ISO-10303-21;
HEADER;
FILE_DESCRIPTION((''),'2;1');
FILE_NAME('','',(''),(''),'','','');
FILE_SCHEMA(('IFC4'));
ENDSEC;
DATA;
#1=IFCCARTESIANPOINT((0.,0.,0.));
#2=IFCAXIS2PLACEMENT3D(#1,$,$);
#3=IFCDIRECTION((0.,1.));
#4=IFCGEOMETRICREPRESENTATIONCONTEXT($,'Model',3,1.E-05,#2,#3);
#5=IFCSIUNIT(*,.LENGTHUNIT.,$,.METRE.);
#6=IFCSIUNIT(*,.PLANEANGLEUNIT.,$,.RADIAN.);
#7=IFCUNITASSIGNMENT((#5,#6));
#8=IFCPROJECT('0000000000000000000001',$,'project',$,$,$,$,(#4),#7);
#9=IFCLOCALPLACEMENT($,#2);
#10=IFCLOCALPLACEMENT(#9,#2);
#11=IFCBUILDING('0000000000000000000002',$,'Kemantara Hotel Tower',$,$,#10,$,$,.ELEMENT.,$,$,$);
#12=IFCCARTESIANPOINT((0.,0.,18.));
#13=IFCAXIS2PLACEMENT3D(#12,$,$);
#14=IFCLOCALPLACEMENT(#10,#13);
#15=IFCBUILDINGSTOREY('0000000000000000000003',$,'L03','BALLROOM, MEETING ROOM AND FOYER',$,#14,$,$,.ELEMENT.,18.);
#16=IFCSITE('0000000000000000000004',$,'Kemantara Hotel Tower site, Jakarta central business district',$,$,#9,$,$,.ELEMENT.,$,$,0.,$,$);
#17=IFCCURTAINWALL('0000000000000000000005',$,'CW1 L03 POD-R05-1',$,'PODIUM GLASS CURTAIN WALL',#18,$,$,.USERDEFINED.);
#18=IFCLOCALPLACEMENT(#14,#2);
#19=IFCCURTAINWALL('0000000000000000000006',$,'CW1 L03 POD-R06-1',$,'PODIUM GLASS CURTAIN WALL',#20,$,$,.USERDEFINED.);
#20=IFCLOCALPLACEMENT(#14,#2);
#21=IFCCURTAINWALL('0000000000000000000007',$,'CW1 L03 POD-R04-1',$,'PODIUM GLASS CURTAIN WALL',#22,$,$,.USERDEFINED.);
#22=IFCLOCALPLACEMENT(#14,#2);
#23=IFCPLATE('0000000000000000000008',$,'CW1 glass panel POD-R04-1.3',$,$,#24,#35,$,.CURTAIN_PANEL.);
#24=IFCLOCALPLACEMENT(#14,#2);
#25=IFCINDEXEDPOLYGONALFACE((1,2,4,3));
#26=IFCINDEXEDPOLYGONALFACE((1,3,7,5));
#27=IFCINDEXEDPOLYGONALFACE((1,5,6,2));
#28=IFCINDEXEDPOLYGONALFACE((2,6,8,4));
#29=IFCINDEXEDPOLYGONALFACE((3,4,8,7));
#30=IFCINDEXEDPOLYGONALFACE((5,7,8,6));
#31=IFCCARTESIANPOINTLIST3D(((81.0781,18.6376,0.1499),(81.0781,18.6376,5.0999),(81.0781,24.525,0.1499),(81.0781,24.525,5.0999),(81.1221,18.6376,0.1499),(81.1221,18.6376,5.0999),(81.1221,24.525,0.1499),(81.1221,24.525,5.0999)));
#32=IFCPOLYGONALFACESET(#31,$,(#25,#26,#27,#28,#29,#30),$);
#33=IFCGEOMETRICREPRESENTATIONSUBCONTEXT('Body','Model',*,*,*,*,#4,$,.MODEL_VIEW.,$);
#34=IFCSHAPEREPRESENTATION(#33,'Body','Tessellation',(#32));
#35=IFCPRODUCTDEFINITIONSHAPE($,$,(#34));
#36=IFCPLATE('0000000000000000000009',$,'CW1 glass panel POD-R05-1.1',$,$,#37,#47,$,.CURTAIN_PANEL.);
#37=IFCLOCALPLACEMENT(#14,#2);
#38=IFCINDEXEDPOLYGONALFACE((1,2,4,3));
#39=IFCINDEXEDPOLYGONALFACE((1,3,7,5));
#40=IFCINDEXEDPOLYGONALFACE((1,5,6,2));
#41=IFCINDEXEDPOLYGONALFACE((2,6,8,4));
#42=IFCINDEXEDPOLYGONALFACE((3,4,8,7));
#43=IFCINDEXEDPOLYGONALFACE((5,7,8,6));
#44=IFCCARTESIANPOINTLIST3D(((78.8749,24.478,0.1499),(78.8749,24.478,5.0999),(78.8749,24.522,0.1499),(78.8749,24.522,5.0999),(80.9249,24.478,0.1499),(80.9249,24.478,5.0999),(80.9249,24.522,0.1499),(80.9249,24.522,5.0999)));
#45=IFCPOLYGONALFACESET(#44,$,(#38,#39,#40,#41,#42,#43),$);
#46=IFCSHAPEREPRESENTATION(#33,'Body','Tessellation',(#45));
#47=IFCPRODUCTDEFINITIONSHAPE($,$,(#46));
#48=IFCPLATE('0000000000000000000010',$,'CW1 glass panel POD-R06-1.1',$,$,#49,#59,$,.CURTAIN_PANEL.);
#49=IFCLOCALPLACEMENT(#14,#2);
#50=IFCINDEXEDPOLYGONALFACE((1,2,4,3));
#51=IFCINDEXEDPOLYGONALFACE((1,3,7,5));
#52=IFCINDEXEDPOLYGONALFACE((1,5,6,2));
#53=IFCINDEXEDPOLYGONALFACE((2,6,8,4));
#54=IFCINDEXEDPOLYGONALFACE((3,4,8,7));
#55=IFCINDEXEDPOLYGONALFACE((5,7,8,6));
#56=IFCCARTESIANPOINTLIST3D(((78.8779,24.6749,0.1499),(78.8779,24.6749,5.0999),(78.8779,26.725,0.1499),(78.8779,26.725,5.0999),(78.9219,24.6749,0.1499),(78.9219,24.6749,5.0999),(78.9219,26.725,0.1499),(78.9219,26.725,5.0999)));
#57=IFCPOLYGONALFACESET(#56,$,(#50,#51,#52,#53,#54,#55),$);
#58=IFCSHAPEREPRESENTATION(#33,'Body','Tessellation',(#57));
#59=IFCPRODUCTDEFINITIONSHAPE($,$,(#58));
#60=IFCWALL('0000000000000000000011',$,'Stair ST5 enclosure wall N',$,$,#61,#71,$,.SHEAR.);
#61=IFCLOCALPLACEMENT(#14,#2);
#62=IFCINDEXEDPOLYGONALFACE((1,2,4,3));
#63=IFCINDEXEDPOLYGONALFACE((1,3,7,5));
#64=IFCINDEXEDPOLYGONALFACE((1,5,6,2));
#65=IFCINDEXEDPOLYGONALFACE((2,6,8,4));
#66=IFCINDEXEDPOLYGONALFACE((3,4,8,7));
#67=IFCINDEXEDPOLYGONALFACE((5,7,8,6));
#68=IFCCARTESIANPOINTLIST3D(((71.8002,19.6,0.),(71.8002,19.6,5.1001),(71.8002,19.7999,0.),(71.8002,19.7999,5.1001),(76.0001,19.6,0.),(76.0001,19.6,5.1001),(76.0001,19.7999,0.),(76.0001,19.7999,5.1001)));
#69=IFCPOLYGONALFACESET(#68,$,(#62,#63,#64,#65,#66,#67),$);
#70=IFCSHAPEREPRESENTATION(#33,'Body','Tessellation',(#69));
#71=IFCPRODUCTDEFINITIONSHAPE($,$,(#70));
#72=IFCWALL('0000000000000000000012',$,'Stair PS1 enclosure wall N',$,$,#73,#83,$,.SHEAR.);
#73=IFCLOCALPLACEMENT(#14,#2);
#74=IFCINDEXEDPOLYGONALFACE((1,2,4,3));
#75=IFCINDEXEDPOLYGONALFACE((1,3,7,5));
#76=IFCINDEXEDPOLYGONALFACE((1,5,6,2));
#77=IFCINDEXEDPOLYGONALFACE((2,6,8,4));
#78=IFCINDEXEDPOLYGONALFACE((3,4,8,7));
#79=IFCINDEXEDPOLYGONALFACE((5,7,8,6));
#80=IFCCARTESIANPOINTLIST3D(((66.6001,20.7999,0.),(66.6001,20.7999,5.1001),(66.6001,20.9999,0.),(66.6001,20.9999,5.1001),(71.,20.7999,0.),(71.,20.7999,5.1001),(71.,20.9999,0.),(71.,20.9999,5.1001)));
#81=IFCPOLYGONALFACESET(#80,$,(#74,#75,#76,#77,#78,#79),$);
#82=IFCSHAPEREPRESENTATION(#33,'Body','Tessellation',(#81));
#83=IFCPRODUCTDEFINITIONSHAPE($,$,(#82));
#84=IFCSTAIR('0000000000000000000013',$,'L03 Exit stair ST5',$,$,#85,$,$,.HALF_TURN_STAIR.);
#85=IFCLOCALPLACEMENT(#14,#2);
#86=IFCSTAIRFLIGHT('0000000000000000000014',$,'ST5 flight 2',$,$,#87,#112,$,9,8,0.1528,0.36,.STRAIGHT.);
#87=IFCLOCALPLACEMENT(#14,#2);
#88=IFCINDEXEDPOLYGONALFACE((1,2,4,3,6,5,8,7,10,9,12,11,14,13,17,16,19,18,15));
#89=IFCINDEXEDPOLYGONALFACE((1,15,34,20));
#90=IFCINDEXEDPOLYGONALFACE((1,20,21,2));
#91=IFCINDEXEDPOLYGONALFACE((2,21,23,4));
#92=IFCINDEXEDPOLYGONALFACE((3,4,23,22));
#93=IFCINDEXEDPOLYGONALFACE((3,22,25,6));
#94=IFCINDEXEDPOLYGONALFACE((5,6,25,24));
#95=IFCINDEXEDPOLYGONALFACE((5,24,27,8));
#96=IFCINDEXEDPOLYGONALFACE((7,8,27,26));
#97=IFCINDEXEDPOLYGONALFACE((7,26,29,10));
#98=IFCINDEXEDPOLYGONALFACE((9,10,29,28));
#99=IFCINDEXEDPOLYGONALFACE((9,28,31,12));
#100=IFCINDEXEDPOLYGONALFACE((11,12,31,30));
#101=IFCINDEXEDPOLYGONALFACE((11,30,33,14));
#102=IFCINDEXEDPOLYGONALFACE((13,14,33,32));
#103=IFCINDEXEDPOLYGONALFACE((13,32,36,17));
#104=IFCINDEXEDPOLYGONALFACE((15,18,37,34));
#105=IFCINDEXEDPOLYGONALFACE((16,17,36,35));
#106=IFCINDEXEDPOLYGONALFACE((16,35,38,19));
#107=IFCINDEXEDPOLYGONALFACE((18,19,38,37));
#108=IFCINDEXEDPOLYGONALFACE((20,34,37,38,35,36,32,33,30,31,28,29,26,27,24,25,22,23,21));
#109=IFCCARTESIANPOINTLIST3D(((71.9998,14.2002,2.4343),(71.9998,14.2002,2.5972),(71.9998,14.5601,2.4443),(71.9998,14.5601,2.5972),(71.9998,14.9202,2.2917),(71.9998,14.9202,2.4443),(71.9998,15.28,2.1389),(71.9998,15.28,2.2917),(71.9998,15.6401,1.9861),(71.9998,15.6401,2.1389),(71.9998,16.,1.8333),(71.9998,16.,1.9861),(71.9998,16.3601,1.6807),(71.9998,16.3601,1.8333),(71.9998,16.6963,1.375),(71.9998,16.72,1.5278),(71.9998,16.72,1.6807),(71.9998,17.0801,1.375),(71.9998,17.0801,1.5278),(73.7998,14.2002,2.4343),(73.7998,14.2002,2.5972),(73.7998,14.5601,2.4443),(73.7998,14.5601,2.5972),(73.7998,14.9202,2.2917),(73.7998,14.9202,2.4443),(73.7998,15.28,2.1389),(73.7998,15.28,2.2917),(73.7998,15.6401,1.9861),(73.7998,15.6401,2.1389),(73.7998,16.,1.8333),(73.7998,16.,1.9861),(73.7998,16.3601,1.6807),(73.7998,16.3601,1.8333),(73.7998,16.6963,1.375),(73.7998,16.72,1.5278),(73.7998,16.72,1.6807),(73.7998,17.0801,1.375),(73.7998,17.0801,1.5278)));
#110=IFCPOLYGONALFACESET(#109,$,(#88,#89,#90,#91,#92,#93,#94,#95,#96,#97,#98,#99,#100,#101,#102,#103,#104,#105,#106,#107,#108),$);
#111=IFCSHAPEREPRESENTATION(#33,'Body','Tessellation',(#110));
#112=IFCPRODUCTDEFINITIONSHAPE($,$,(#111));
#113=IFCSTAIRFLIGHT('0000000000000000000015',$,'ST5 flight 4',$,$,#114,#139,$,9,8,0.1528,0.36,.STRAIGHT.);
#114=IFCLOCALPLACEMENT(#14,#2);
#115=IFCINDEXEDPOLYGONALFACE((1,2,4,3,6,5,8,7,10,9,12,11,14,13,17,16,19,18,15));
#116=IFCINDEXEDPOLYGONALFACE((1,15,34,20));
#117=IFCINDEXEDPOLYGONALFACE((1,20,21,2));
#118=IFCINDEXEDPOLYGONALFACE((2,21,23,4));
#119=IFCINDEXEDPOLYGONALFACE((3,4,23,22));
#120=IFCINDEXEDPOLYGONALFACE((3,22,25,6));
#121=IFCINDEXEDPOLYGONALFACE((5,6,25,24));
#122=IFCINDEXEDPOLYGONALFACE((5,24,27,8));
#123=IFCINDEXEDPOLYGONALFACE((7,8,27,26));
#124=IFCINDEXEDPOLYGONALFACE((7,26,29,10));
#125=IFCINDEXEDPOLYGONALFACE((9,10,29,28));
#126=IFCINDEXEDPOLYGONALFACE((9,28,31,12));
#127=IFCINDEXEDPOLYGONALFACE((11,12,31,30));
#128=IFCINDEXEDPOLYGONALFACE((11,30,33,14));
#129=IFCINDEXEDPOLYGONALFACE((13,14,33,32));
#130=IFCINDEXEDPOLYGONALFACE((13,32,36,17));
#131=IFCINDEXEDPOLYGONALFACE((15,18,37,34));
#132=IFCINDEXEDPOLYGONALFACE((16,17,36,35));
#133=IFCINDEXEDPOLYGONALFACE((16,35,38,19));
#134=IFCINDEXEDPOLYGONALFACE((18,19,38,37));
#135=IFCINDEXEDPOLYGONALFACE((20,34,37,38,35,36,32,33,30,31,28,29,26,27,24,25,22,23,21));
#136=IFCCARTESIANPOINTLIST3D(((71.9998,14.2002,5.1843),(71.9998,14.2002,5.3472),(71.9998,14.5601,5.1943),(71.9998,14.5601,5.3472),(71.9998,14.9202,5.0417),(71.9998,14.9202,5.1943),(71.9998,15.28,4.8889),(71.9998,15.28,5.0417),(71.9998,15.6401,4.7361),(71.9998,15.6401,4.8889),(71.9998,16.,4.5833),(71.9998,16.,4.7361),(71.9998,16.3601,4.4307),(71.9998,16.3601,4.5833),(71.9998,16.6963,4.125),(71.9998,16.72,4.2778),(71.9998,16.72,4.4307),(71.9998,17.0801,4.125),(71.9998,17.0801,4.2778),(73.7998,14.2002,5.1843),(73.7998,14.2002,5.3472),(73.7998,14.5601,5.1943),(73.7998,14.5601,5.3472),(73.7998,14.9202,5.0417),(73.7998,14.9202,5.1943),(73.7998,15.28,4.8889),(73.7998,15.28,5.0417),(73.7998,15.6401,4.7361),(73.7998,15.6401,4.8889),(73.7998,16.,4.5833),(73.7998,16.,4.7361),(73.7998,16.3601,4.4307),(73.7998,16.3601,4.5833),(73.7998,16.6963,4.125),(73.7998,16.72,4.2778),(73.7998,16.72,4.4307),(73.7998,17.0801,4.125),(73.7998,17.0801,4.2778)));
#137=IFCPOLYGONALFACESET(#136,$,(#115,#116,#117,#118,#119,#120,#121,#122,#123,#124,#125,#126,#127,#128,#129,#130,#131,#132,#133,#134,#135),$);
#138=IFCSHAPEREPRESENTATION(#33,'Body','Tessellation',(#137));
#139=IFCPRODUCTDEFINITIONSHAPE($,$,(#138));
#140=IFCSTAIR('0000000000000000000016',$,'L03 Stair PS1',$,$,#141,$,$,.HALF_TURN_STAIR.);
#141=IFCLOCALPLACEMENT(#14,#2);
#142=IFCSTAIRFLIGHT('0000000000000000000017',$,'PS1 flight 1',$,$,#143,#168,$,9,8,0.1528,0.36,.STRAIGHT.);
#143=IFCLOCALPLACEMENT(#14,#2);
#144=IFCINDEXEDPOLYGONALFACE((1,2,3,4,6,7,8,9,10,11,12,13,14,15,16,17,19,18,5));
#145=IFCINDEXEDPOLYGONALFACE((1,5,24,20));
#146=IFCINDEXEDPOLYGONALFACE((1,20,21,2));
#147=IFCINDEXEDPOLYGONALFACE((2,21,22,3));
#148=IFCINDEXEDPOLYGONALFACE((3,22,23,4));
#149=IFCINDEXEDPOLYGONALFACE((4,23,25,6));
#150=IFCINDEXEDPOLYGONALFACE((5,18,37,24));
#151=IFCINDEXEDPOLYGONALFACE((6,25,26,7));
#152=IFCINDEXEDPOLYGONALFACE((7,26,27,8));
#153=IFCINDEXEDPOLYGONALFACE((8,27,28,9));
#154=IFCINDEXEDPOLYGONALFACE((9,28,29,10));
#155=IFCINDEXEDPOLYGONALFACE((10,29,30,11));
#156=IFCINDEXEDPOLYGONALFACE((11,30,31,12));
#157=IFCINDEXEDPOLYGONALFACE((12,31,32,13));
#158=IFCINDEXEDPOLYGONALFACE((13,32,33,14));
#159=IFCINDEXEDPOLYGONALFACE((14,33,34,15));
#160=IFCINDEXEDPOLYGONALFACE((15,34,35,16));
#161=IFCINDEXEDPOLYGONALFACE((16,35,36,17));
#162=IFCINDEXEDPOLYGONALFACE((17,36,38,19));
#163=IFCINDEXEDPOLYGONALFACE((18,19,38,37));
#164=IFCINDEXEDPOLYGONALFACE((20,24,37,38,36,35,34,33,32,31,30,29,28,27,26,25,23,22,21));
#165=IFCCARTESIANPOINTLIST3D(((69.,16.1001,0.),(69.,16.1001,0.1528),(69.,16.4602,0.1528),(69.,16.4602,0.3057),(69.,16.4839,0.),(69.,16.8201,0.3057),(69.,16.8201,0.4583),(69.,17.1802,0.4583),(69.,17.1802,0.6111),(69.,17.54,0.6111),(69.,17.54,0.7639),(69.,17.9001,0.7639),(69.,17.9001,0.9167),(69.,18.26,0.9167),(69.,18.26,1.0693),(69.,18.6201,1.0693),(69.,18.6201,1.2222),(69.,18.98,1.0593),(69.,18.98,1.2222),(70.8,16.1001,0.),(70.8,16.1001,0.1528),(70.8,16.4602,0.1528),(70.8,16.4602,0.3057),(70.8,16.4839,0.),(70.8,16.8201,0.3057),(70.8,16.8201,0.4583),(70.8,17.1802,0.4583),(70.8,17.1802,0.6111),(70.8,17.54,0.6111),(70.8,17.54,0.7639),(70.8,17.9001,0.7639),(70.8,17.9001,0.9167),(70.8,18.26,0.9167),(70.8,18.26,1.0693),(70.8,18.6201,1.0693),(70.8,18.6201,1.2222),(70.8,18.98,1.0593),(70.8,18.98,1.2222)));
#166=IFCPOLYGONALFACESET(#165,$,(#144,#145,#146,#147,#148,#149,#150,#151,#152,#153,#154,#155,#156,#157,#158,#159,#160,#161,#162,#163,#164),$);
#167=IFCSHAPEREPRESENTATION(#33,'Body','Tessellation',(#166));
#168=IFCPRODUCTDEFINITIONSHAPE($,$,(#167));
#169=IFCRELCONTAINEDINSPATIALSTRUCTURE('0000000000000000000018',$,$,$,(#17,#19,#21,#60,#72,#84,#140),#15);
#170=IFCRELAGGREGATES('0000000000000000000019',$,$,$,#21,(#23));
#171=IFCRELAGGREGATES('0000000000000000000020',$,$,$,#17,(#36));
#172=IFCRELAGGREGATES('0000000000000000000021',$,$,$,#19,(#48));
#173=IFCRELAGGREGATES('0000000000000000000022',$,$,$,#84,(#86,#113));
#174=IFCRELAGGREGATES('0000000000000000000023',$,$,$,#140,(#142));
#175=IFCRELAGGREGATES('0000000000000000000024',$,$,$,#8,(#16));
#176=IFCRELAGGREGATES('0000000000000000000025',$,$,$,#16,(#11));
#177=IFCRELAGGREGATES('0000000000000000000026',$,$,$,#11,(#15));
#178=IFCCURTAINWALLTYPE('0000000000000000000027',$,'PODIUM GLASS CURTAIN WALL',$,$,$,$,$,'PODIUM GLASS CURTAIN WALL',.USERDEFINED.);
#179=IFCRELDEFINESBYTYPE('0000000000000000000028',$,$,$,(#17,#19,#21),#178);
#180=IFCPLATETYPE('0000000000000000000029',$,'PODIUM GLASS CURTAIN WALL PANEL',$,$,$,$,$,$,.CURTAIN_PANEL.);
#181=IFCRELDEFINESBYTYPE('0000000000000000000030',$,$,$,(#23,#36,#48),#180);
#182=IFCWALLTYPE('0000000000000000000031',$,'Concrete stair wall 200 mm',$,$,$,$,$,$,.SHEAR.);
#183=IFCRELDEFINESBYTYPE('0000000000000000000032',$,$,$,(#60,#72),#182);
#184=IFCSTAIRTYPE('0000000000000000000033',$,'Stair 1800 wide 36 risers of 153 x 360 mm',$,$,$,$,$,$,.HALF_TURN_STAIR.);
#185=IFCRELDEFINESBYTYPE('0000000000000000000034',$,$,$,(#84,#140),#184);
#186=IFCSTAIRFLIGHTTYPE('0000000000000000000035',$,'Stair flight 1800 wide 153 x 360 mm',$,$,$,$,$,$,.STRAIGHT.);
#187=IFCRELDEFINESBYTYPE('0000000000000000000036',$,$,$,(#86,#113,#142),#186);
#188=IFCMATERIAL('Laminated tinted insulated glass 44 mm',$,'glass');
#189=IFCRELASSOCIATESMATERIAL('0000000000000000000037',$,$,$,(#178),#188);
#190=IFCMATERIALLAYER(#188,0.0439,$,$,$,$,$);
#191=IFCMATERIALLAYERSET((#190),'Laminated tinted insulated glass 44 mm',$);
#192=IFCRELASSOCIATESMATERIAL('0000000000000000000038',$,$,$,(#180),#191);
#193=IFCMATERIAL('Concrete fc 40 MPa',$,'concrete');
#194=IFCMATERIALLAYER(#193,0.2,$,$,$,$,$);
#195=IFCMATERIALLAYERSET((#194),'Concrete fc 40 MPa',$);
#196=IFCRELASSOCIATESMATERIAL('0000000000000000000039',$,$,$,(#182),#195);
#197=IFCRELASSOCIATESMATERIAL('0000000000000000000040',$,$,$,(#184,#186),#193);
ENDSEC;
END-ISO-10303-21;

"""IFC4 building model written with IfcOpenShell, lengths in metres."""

from ifc_helpers import new_model, si_unit, direction, frame, frame_2d, origin, origin_2d, place, context, subcontext, project, spatial, polyline, rectangle, outline, extrude, source, transform, mapped, material, layer, layer_set, type_object, element, aggregate, save


model = new_model("IFC4")

# Units and contexts
model_context = context("Model", 3, precision=1e-05, world=origin(), true_north=direction((0.0, 1.0)))
body_context = subcontext(model_context, "Body", "Model", "MODEL_VIEW")
ifc_project = project(units=[si_unit("LENGTHUNIT", "METRE"), si_unit("PLANEANGLEUNIT", "RADIAN")], contexts=[model_context])

# Site, building, storey
site_placement = place(None, origin())
site = spatial("IfcSite", under=ifc_project, at=site_placement, Name="Kemantara Hotel Tower site, Jakarta central business district", CompositionType="ELEMENT", RefElevation=0.0)
building_placement = place(site_placement, origin())
building = spatial("IfcBuilding", under=site, at=building_placement, Name="Kemantara Hotel Tower", CompositionType="ELEMENT")
storey_placement = place(building_placement, frame((0.0, 0.0, 18.0)))
storey = spatial("IfcBuildingStorey", under=building, at=storey_placement, Name="L03", Description="BALLROOM, MEETING ROOM AND FOYER", CompositionType="ELEMENT", Elevation=18.0)

# Curtain walls
ifc_material_1 = material(Name="Laminated tinted insulated glass 44 mm", Category="glass")
curtain_wall_type = type_object("IfcCurtainWallType", Name="PODIUM GLASS CURTAIN WALL", ElementType="PODIUM GLASS CURTAIN WALL", PredefinedType="USERDEFINED", material=ifc_material_1)
curtain_wall_1_placement = place(storey_placement, origin())
curtain_wall_1 = element("IfcCurtainWall", 1, at=curtain_wall_1_placement, inside=storey, type_object=curtain_wall_type, Name="CW1 L03 POD-R05-1", ObjectType="PODIUM GLASS CURTAIN WALL", PredefinedType="USERDEFINED")
curtain_wall_2_placement = place(storey_placement, origin())
curtain_wall_2 = element("IfcCurtainWall", 2, at=curtain_wall_2_placement, inside=storey, type_object=curtain_wall_type, Name="CW1 L03 POD-R06-1", ObjectType="PODIUM GLASS CURTAIN WALL", PredefinedType="USERDEFINED")

# Curtain wall
curtain_wall_3_placement = place(storey_placement, origin())
curtain_wall_3 = element("IfcCurtainWall", 3, at=curtain_wall_3_placement, inside=storey, type_object=curtain_wall_type, Name="CW1 L03 POD-R04-1", ObjectType="PODIUM GLASS CURTAIN WALL", PredefinedType="USERDEFINED")

# Plates
ifc_layer_1 = layer(ifc_material_1, 0.0439)
ifc_layer_set_1 = layer_set([ifc_layer_1], Name="Laminated tinted insulated glass 44 mm")
plate_type = type_object("IfcPlateType", Name="PODIUM GLASS CURTAIN WALL PANEL", PredefinedType="CURTAIN_PANEL", material=ifc_layer_set_1)
shared_shape_1 = source(origin(), body_context, "Body", "SweptSolid", [
    extrude(rectangle(XDim=5.8875, YDim=0.0439, at=origin_2d()), origin(), (0.0, 0.0, 1.0), 4.95),
])
plate_1_placement = place(storey_placement, frame((81.1001, 21.5813, 0.1499), z_axis=(0.0, 0.0, 1.0), x_axis=(0.0, 1.0, 0.0)))
plate_1 = element("IfcPlate", 4, at=plate_1_placement, type_object=plate_type, Name="CW1 glass panel POD-R04-1.3", PredefinedType="CURTAIN_PANEL", context=body_context, shape_type="MappedRepresentation", body=[
    mapped(shared_shape_1, transform((0.0, 0.0, 0.0))),
])
aggregate(curtain_wall_3, [plate_1])
shared_shape_2 = source(origin(), body_context, "Body", "SweptSolid", [
    extrude(rectangle(XDim=2.05, YDim=0.0439, at=origin_2d()), origin(), (0.0, 0.0, 1.0), 4.95),
])
plate_2_placement = place(storey_placement, frame((79.8999, 24.5, 0.1499), z_axis=(0.0, 0.0, 1.0), x_axis=(-1.0, 0.0, 0.0)))
plate_2 = element("IfcPlate", 5, at=plate_2_placement, type_object=plate_type, Name="CW1 glass panel POD-R05-1.1", PredefinedType="CURTAIN_PANEL", context=body_context, shape_type="MappedRepresentation", body=[
    mapped(shared_shape_2, transform((0.0, 0.0, 0.0))),
])
aggregate(curtain_wall_1, [plate_2])
plate_3_placement = place(storey_placement, frame((78.8999, 25.7, 0.1499), z_axis=(0.0, 0.0, 1.0), x_axis=(0.0, 1.0, 0.0)))
plate_3 = element("IfcPlate", 6, at=plate_3_placement, type_object=plate_type, Name="CW1 glass panel POD-R06-1.1", PredefinedType="CURTAIN_PANEL", context=body_context, shape_type="MappedRepresentation", body=[
    mapped(shared_shape_2, transform((0.0, 0.0, 0.0))),
])
aggregate(curtain_wall_2, [plate_3])

# Walls
ifc_material_2 = material(Name="Concrete fc 40 MPa", Category="concrete")
ifc_layer_2 = layer(ifc_material_2, 0.2)
ifc_layer_set_2 = layer_set([ifc_layer_2], Name="Concrete fc 40 MPa")
wall_type = type_object("IfcWallType", Name="Concrete stair wall 200 mm", PredefinedType="SHEAR", material=ifc_layer_set_2)
wall_1_placement = place(storey_placement, frame((71.8, 19.7, 0.0), z_axis=(0.0, 0.0, 1.0), x_axis=(1.0, 0.0, 0.0)))
element("IfcWall", 7, at=wall_1_placement, inside=storey, type_object=wall_type, Name="Stair ST5 enclosure wall N", PredefinedType="SHEAR", context=body_context, shape_type="SweptSolid", body=[
    extrude(rectangle(XDim=4.2, YDim=0.2, at=frame_2d((2.1001, 0.0))), origin(), (0.0, 0.0, 1.0), 5.1001),
])
wall_2_placement = place(storey_placement, frame((66.6001, 20.8999, 0.0), z_axis=(0.0, 0.0, 1.0), x_axis=(1.0, 0.0, 0.0)))
element("IfcWall", 8, at=wall_2_placement, inside=storey, type_object=wall_type, Name="Stair PS1 enclosure wall N", PredefinedType="SHEAR", context=body_context, shape_type="SweptSolid", body=[
    extrude(rectangle(XDim=4.3999, YDim=0.2, at=frame_2d((2.2, 0.0))), origin(), (0.0, 0.0, 1.0), 5.1001),
])

# Stairs, stair flights
stair_type = type_object("IfcStairType", Name="Stair 1800 wide 36 risers of 153 x 360 mm", PredefinedType="HALF_TURN_STAIR", material=ifc_material_2)
stair_1_placement = place(storey_placement, origin())
stair_1 = element("IfcStair", 9, at=stair_1_placement, inside=storey, type_object=stair_type, Name="L03 Exit stair ST5", PredefinedType="HALF_TURN_STAIR")
stair_flight_type = type_object("IfcStairFlightType", Name="Stair flight 1800 wide 153 x 360 mm", PredefinedType="STRAIGHT", material=ifc_material_2)
stair_flight_1_placement = place(storey_placement, frame((72.8999, 17.0801, 1.375), z_axis=(0.0, 0.0, 1.0), x_axis=(0.0, -1.0, 0.0)))
stair_flight_1 = element("IfcStairFlight", 10, at=stair_flight_1_placement, type_object=stair_flight_type, Name="ST5 flight 2", NumberOfRisers=9, NumberOfTreads=8, PredefinedType="STRAIGHT", RiserHeight=0.1528, TreadLength=0.36, context=body_context, shape_type="SweptSolid", body=[
    extrude(outline(polyline([(0.0, 0.0), (0.0, 0.1528), (0.3601, 0.1528), (0.3601, 0.3057), (0.72, 0.3057), (0.72, 0.4583), (1.0801, 0.4583), (1.0801, 0.6111), (1.4399, 0.6111), (1.4399, 0.7639), (1.8, 0.7639), (1.8, 0.9167), (2.1599, 0.9167), (2.1599, 1.0693), (2.52, 1.0693), (2.52, 1.2222), (2.8799, 1.2222), (2.8799, 1.375), (2.8799, 1.0593), (0.3838, 0.0), (0.0, 0.0)])), frame((0.0, 0.8999, 0.0), z_axis=(0.0, -1.0, 0.0), x_axis=(1.0, 0.0, 0.0)), (0.0, 0.0, 1.0), 1.8),
])
stair_flight_2_placement = place(storey_placement, frame((72.8999, 17.0801, 4.125), z_axis=(0.0, 0.0, 1.0), x_axis=(0.0, -1.0, 0.0)))
stair_flight_2 = element("IfcStairFlight", 11, at=stair_flight_2_placement, type_object=stair_flight_type, Name="ST5 flight 4", NumberOfRisers=9, NumberOfTreads=8, PredefinedType="STRAIGHT", RiserHeight=0.1528, TreadLength=0.36, context=body_context, shape_type="SweptSolid", body=[
    extrude(outline(polyline([(0.0, 0.0), (0.0, 0.1528), (0.3601, 0.1528), (0.3601, 0.3057), (0.72, 0.3057), (0.72, 0.4583), (1.0801, 0.4583), (1.0801, 0.6111), (1.4399, 0.6111), (1.4399, 0.7639), (1.8, 0.7639), (1.8, 0.9167), (2.1599, 0.9167), (2.1599, 1.0693), (2.52, 1.0693), (2.52, 1.2222), (2.8799, 1.2222), (2.8799, 1.375), (2.8799, 1.0593), (0.3838, 0.0), (0.0, 0.0)])), frame((0.0, 0.8999, 0.0), z_axis=(0.0, -1.0, 0.0), x_axis=(1.0, 0.0, 0.0)), (0.0, 0.0, 1.0), 1.8),
])
aggregate(stair_1, [stair_flight_1, stair_flight_2])
stair_2_placement = place(storey_placement, origin())
stair_2 = element("IfcStair", 12, at=stair_2_placement, inside=storey, type_object=stair_type, Name="L03 Stair PS1", PredefinedType="HALF_TURN_STAIR")
stair_flight_3_placement = place(storey_placement, frame((69.8999, 16.1001, 0.0), z_axis=(0.0, 0.0, 1.0), x_axis=(0.0, 1.0, 0.0)))
stair_flight_3 = element("IfcStairFlight", 13, at=stair_flight_3_placement, type_object=stair_flight_type, Name="PS1 flight 1", NumberOfRisers=9, NumberOfTreads=8, PredefinedType="STRAIGHT", RiserHeight=0.1528, TreadLength=0.36, context=body_context, shape_type="SweptSolid", body=[
    extrude(outline(polyline([(0.0, 0.0), (0.0, 0.1528), (0.3601, 0.1528), (0.3601, 0.3057), (0.72, 0.3057), (0.72, 0.4583), (1.0801, 0.4583), (1.0801, 0.6111), (1.4399, 0.6111), (1.4399, 0.7639), (1.8, 0.7639), (1.8, 0.9167), (2.1599, 0.9167), (2.1599, 1.0693), (2.52, 1.0693), (2.52, 1.2222), (2.8799, 1.2222), (2.8799, 1.375), (2.8799, 1.0593), (0.3838, 0.0), (0.0, 0.0)])), frame((0.0, 0.8999, 0.0), z_axis=(0.0, -1.0, 0.0), x_axis=(1.0, 0.0, 0.0)), (0.0, 0.0, 1.0), 1.8),
])
aggregate(stair_2, [stair_flight_3])

save(model, "model.ifc")
